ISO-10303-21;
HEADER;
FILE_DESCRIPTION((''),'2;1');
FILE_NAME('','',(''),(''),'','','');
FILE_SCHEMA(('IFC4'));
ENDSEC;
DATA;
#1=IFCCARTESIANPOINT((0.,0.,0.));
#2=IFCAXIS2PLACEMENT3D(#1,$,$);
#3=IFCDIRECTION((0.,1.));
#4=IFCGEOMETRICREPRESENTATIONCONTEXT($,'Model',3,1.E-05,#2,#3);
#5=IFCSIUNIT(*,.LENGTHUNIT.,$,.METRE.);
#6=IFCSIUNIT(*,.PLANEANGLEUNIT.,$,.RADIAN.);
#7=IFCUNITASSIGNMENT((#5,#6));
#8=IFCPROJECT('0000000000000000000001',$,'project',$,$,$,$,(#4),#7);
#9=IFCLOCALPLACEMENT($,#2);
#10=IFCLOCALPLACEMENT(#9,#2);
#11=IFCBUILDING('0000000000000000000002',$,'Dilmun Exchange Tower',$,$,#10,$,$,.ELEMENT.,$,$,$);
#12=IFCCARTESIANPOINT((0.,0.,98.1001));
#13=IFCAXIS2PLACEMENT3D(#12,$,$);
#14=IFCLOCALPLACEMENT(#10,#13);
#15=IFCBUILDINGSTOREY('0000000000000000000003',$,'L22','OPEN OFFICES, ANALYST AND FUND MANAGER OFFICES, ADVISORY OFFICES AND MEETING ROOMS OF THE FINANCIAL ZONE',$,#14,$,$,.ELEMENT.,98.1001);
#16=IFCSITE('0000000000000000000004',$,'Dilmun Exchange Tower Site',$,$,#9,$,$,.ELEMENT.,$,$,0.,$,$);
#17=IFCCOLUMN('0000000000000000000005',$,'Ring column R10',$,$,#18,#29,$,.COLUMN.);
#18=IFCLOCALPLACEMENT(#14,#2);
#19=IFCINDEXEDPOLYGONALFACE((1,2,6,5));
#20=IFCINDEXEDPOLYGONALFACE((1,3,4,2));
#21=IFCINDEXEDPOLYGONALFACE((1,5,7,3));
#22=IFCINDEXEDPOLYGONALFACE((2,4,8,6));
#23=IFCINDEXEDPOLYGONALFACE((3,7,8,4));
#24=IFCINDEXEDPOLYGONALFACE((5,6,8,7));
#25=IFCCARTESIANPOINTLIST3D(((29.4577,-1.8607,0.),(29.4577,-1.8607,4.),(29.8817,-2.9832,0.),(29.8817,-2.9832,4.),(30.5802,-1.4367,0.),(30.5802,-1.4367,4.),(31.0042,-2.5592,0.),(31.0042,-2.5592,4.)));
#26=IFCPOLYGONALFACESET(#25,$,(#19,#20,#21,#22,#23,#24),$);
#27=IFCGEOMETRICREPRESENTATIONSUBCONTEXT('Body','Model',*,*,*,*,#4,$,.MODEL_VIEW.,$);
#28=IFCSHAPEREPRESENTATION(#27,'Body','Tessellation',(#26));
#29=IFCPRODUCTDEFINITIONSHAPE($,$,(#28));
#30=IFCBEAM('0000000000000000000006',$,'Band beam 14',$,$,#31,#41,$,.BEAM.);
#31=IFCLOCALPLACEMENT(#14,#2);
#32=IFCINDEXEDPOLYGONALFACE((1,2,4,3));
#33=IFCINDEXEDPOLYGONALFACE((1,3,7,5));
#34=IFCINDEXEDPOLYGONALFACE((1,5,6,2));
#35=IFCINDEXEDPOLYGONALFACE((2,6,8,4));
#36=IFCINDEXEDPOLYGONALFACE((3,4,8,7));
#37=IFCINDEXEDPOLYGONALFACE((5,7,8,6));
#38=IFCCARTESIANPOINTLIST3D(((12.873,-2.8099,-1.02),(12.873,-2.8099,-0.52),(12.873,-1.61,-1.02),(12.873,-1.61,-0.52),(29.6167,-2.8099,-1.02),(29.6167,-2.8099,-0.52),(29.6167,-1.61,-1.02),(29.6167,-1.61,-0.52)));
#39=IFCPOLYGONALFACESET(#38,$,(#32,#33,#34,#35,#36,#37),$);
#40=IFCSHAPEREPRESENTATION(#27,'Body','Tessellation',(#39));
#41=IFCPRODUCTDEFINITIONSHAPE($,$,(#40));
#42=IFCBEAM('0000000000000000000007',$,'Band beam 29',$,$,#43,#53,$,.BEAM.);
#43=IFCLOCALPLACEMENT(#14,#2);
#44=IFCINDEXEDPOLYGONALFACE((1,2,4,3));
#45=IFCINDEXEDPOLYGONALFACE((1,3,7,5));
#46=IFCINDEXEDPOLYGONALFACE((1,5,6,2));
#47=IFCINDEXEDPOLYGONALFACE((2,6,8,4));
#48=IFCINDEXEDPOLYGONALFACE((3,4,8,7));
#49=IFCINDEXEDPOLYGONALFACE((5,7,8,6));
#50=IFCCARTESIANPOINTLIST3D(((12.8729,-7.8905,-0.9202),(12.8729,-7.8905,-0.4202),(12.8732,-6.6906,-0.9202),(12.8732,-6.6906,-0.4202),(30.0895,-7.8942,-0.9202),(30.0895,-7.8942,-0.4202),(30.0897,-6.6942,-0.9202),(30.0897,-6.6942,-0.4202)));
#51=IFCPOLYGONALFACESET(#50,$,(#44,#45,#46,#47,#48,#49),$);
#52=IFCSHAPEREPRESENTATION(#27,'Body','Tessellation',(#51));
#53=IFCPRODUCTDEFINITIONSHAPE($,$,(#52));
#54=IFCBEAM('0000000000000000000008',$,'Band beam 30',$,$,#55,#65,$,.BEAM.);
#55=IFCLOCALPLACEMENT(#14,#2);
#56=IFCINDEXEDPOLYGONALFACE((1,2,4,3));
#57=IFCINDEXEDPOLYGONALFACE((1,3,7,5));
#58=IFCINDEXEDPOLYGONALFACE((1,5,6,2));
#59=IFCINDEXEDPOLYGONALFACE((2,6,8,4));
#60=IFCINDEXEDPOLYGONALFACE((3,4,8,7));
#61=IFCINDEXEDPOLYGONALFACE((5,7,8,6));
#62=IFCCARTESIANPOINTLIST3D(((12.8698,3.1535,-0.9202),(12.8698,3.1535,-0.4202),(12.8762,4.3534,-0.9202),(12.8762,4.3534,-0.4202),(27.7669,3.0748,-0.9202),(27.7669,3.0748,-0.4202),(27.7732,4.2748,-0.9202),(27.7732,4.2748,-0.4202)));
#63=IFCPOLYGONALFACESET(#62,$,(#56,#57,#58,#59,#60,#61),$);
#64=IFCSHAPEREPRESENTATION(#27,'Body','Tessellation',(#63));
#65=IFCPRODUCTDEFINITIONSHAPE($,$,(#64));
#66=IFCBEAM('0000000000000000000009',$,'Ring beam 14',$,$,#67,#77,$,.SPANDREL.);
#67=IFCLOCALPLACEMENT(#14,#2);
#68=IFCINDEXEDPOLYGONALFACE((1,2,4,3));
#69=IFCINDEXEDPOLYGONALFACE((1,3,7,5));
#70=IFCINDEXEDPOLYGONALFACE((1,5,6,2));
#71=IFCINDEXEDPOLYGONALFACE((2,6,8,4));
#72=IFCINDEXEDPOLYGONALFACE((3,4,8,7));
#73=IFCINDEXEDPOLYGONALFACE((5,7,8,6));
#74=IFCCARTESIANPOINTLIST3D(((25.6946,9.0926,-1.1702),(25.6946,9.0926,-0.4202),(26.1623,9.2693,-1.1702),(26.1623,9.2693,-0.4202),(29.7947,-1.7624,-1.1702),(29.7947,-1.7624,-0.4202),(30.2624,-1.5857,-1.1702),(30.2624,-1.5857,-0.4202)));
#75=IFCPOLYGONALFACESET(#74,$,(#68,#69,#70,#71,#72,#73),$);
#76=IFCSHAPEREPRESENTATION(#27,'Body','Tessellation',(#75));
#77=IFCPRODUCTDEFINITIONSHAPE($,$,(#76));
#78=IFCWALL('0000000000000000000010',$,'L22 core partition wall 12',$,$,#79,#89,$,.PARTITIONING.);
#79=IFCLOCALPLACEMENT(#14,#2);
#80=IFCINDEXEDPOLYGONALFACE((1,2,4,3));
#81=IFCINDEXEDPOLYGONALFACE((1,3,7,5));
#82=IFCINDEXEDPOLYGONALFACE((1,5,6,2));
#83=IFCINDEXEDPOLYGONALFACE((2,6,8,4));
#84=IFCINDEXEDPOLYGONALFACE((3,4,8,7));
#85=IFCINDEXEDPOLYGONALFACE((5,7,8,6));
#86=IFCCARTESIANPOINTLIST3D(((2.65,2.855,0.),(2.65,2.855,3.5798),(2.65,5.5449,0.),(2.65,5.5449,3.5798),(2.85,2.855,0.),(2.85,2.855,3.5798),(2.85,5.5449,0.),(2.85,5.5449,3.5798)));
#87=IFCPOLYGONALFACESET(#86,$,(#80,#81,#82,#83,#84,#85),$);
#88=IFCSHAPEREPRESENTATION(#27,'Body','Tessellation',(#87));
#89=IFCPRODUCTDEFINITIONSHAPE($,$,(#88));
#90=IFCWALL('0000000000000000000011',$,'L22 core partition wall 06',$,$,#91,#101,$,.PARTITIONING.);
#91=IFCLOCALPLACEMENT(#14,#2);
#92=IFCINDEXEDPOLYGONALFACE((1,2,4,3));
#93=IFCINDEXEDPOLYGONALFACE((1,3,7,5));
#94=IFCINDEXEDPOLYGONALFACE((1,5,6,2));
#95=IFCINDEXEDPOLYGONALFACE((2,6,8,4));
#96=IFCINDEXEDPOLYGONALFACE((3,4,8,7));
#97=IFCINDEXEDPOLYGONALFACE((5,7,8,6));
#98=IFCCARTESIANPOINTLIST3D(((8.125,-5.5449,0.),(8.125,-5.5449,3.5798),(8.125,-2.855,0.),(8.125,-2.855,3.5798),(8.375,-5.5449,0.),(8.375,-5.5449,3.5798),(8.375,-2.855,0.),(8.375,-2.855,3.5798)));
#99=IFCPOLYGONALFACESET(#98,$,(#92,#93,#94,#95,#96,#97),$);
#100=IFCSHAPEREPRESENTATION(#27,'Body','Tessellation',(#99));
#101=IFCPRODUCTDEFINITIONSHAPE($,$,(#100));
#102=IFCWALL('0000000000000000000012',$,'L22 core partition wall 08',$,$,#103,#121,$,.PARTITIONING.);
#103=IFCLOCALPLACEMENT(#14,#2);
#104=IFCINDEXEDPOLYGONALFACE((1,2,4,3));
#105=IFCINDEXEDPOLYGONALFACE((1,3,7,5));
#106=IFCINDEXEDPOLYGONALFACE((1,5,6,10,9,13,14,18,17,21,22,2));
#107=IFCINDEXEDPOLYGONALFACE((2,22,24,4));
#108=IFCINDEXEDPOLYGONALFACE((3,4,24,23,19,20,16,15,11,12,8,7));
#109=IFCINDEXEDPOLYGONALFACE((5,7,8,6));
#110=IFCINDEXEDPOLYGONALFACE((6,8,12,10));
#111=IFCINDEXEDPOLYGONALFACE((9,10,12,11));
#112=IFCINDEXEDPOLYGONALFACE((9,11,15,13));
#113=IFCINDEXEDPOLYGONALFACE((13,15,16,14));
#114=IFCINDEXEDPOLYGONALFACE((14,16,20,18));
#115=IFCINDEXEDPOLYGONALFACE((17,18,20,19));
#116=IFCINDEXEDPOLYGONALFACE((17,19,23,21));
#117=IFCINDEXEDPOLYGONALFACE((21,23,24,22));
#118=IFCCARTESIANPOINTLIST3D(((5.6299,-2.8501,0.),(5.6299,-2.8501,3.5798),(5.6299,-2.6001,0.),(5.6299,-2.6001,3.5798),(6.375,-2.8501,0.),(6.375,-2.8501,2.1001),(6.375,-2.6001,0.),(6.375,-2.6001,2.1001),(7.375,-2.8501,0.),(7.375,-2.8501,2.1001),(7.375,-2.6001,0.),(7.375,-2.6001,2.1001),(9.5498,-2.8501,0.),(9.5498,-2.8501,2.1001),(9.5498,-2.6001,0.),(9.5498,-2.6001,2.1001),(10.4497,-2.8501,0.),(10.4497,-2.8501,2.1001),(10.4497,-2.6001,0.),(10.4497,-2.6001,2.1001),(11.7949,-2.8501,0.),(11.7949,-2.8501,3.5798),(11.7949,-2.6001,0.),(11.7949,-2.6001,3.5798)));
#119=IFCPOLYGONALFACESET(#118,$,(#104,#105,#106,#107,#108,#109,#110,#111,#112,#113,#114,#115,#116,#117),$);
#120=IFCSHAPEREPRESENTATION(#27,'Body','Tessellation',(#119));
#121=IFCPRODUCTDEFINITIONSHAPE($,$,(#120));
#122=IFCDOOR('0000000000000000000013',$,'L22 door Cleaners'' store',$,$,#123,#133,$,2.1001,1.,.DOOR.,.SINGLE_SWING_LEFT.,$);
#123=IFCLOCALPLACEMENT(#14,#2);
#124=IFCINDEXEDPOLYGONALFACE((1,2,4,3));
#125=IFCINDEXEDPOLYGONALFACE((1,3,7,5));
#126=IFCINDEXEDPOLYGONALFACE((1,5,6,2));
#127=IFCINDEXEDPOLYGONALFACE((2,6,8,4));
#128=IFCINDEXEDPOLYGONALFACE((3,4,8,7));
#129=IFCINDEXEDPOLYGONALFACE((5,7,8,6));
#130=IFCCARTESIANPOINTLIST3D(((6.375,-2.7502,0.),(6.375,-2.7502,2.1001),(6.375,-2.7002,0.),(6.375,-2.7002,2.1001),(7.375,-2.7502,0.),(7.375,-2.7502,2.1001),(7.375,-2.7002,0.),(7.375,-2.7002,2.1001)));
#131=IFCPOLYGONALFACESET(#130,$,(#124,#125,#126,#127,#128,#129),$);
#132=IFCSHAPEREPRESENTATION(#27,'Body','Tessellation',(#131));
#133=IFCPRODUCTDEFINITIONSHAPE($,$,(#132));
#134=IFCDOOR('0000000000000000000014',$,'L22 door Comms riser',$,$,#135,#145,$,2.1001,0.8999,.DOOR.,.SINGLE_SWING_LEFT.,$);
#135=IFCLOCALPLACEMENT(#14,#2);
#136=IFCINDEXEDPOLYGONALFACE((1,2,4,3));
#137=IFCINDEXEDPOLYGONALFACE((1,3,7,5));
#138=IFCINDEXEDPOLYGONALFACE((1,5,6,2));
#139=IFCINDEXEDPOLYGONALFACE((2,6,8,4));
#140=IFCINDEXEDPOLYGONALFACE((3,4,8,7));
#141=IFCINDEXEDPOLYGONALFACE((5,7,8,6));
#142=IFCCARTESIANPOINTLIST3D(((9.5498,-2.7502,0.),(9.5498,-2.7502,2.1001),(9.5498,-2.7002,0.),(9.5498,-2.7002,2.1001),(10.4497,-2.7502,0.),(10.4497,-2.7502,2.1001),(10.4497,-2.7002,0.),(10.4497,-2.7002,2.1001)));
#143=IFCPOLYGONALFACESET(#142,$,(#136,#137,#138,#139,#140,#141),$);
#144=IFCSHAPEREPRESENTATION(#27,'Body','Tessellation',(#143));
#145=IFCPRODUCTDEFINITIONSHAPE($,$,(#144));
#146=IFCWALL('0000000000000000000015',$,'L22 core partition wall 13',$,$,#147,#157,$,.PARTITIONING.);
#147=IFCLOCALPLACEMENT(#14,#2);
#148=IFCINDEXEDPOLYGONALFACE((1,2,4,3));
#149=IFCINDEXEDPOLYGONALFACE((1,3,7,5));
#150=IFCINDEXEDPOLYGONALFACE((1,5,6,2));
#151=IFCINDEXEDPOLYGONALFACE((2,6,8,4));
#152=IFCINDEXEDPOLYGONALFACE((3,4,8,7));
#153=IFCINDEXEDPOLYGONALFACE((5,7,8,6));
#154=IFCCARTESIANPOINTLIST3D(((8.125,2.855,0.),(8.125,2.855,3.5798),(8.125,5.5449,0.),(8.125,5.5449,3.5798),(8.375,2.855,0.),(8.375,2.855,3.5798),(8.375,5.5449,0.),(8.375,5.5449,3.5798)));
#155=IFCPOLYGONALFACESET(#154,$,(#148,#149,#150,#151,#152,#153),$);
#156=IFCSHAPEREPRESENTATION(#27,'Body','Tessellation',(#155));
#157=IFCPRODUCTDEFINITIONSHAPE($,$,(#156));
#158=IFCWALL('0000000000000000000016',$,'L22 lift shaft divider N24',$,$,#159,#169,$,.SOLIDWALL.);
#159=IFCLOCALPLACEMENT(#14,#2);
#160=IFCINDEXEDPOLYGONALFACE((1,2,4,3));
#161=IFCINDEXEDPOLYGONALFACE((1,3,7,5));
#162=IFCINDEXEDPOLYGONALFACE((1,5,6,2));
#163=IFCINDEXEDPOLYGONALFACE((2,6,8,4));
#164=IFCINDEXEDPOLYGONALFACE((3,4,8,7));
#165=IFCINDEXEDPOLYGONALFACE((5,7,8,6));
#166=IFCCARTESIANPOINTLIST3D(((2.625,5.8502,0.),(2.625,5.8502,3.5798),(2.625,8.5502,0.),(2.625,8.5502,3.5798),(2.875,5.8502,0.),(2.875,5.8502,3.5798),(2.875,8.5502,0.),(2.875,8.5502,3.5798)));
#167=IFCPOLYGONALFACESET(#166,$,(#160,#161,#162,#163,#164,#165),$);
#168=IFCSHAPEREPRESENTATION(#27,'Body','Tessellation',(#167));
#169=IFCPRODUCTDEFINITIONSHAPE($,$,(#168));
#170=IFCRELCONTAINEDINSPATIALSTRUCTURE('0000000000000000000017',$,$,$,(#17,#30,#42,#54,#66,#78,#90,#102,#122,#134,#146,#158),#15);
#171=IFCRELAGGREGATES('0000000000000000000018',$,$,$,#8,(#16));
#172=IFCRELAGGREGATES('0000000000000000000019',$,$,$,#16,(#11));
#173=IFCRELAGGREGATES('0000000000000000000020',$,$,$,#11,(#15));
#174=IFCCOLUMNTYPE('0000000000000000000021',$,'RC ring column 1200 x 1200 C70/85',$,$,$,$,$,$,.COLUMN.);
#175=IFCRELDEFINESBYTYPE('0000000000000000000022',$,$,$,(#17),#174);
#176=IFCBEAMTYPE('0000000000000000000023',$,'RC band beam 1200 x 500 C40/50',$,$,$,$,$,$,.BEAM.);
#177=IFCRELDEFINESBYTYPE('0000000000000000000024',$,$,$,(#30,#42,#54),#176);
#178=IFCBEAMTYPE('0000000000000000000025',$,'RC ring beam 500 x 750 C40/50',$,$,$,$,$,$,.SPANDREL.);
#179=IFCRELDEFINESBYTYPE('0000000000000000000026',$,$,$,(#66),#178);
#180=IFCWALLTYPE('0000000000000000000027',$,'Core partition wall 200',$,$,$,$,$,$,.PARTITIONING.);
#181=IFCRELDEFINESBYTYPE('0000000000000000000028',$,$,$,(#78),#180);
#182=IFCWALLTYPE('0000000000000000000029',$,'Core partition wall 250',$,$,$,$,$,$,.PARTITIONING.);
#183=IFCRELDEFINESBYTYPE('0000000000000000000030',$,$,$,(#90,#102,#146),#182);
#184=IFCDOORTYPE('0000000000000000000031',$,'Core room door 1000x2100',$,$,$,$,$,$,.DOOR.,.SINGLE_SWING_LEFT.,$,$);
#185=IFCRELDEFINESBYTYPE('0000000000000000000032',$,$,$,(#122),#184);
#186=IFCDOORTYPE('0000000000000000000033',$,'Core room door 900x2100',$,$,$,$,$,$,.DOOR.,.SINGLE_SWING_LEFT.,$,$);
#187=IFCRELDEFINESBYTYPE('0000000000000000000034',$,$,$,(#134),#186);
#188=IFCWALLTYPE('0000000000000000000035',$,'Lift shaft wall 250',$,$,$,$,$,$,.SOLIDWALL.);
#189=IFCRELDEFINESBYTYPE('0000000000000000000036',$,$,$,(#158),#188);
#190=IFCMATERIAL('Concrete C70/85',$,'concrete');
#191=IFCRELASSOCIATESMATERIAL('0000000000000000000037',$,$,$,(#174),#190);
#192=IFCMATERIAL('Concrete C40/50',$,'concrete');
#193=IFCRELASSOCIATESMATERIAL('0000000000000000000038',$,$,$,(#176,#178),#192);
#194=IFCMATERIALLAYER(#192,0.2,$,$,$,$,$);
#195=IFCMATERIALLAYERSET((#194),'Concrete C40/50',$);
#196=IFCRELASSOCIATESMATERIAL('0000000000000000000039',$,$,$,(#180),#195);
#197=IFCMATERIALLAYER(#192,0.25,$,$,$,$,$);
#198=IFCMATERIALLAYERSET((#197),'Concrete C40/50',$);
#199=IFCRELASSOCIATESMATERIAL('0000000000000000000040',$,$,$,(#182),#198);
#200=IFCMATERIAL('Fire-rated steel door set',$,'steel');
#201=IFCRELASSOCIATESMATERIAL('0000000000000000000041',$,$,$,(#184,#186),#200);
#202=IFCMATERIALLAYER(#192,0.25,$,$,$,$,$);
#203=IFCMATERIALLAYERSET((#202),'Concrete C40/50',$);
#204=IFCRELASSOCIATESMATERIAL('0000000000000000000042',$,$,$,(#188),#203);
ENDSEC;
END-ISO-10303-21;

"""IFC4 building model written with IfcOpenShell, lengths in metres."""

from ifc_helpers import new_model, si_unit, direction, frame, frame_2d, origin, origin_2d, place, context, subcontext, project, spatial, rectangle, extrude, material, layer, layer_set, material_profile, profile_set, type_object, element, fill, save


model = new_model("IFC4")

# Units and contexts
model_context = context("Model", 3, precision=1e-05, world=origin(), true_north=direction((0.0, 1.0)))
body_context = subcontext(model_context, "Body", "Model", "MODEL_VIEW")
ifc_project = project(units=[si_unit("LENGTHUNIT", "METRE"), si_unit("PLANEANGLEUNIT", "RADIAN")], contexts=[model_context])

# Site, building, storey
site_placement = place(None, origin())
site = spatial("IfcSite", under=ifc_project, at=site_placement, Name="Dilmun Exchange Tower Site", CompositionType="ELEMENT", RefElevation=0.0)
building_placement = place(site_placement, origin())
building = spatial("IfcBuilding", under=site, at=building_placement, Name="Dilmun Exchange Tower", CompositionType="ELEMENT")
storey_placement = place(building_placement, frame((0.0, 0.0, 98.1001)))
storey = spatial("IfcBuildingStorey", under=building, at=storey_placement, Name="L22", Description="OPEN OFFICES, ANALYST AND FUND MANAGER OFFICES, ADVISORY OFFICES AND MEETING ROOMS OF THE FINANCIAL ZONE", CompositionType="ELEMENT", Elevation=98.1001)

# Column
ifc_material_1 = material(Name="Concrete C70/85", Category="concrete")
ifc_material_profile_1 = material_profile(ifc_material_1, rectangle(XDim=1.2, YDim=1.2, at=origin_2d()), Name="1200 x 1200")
ifc_profile_set_1 = profile_set([ifc_material_profile_1], Name="Concrete C70/85")
column_type = type_object("IfcColumnType", Name="RC ring column 1200 x 1200 C70/85", PredefinedType="COLUMN", material=ifc_profile_set_1)
column_placement = place(storey_placement, frame((30.231, -2.21, 0.0), z_axis=(0.0, 0.0, 1.0), x_axis=(0.935492, 0.353349, 0.0)))
element("IfcColumn", 1, at=column_placement, inside=storey, type_object=column_type, Name="Ring column R10", PredefinedType="COLUMN", context=body_context, shape_type="SweptSolid", body=[
    extrude(rectangle(XDim=1.2, YDim=1.2, at=origin_2d()), origin(), (0.0, 0.0, 1.0), 4.0),
])

# Beams
ifc_material_2 = material(Name="Concrete C40/50", Category="concrete")
ifc_material_profile_2 = material_profile(ifc_material_2, rectangle(XDim=1.2, YDim=0.5, at=origin_2d()), Name="1200 x 500")
ifc_profile_set_2 = profile_set([ifc_material_profile_2], Name="Concrete C40/50")
beam_type_1 = type_object("IfcBeamType", Name="RC band beam 1200 x 500 C40/50", PredefinedType="BEAM", material=ifc_profile_set_2)
beam_1_placement = place(storey_placement, frame((29.6167, -2.21, -0.77), z_axis=(-1.0, 0.0, 0.0), x_axis=(0.0, -1.0, 0.0)))
element("IfcBeam", 2, at=beam_1_placement, inside=storey, type_object=beam_type_1, Name="Band beam 14", PredefinedType="BEAM", context=body_context, shape_type="SweptSolid", body=[
    extrude(rectangle(XDim=1.2, YDim=0.5, at=origin_2d()), origin(), (0.0, 0.0, 1.0), 16.7437),
])
beam_2_placement = place(storey_placement, frame((30.0896, -7.2942, -0.6702), z_axis=(-1.0, 0.000213, 0.0), x_axis=(-0.000213, -1.0, 0.0)))
element("IfcBeam", 3, at=beam_2_placement, inside=storey, type_object=beam_type_1, Name="Band beam 29", PredefinedType="BEAM", context=body_context, shape_type="SweptSolid", body=[
    extrude(rectangle(XDim=1.2, YDim=0.5, at=origin_2d()), origin(), (0.0, 0.0, 1.0), 17.2166),
])
beam_3_placement = place(storey_placement, frame((27.77, 3.6748, -0.6702), z_axis=(-0.999986, 0.005277, 0.0), x_axis=(-0.005277, -0.999986, 0.0)))
element("IfcBeam", 4, at=beam_3_placement, inside=storey, type_object=beam_type_1, Name="Band beam 30", PredefinedType="BEAM", context=body_context, shape_type="SweptSolid", body=[
    extrude(rectangle(XDim=1.2, YDim=0.5, at=origin_2d()), origin(), (0.0, 0.0, 1.0), 14.8972),
])
ifc_material_profile_3 = material_profile(ifc_material_2, rectangle(XDim=0.5, YDim=0.75, at=origin_2d()), Name="500 x 750")
ifc_profile_set_3 = profile_set([ifc_material_profile_3], Name="Concrete C40/50")
beam_type_2 = type_object("IfcBeamType", Name="RC ring beam 500 x 750 C40/50", PredefinedType="SPANDREL", material=ifc_profile_set_3)
beam_4_placement = place(storey_placement, frame((30.0286, -1.6741, -0.7952), z_axis=(-0.35335, 0.935491, 0.0), x_axis=(-0.935491, -0.35335, 0.0)))
element("IfcBeam", 5, at=beam_4_placement, inside=storey, type_object=beam_type_2, Name="Ring beam 14", PredefinedType="SPANDREL", context=body_context, shape_type="SweptSolid", body=[
    extrude(rectangle(XDim=0.5, YDim=0.75, at=origin_2d()), origin(), (0.0, 0.0, 1.0), 11.6035),
])

# Shared definitions
ifc_layer_1 = layer(ifc_material_2, 0.2)
ifc_layer_set_1 = layer_set([ifc_layer_1], Name="Concrete C40/50")
wall_type_1 = type_object("IfcWallType", Name="Core partition wall 200", PredefinedType="PARTITIONING", material=ifc_layer_set_1)
ifc_material_3 = material(Name="Fire-rated steel door set", Category="steel")

# Walls
wall_1_placement = place(storey_placement, frame((2.75, 2.855, 0.0), z_axis=(0.0, 0.0, 1.0), x_axis=(0.0, 1.0, 0.0)))
element("IfcWall", 6, at=wall_1_placement, inside=storey, type_object=wall_type_1, Name="L22 core partition wall 12", PredefinedType="PARTITIONING", context=body_context, shape_type="SweptSolid", body=[
    extrude(rectangle(XDim=2.6899, YDim=0.2, at=frame_2d((1.345, 0.0))), origin(), (0.0, 0.0, 1.0), 3.5798),
])
ifc_layer_2 = layer(ifc_material_2, 0.25)
ifc_layer_set_2 = layer_set([ifc_layer_2], Name="Concrete C40/50")
wall_type_2 = type_object("IfcWallType", Name="Core partition wall 250", PredefinedType="PARTITIONING", material=ifc_layer_set_2)
wall_2_placement = place(storey_placement, frame((8.25, -5.5449, 0.0), z_axis=(0.0, 0.0, 1.0), x_axis=(0.0, 1.0, 0.0)))
element("IfcWall", 7, at=wall_2_placement, inside=storey, type_object=wall_type_2, Name="L22 core partition wall 06", PredefinedType="PARTITIONING", context=body_context, shape_type="SweptSolid", body=[
    extrude(rectangle(XDim=2.6899, YDim=0.25, at=frame_2d((1.345, 0.0))), origin(), (0.0, 0.0, 1.0), 3.5798),
])

# Wall, openings, doors
wall_3_placement = place(storey_placement, frame((5.6299, -2.7251, 0.0), z_axis=(0.0, 0.0, 1.0), x_axis=(1.0, 0.0, 0.0)))
wall_3 = element("IfcWall", 8, at=wall_3_placement, inside=storey, type_object=wall_type_2, Name="L22 core partition wall 08", PredefinedType="PARTITIONING", context=body_context, shape_type="SweptSolid", body=[
    extrude(rectangle(XDim=6.165, YDim=0.25, at=frame_2d((3.0825, 0.0))), origin(), (0.0, 0.0, 1.0), 3.5798),
])
opening_1_placement = place(wall_3_placement, frame((0.7451, 0.0, 0.0)))
opening_1 = element("IfcOpeningElement", 9, at=opening_1_placement, cuts=wall_3, PredefinedType="OPENING", context=body_context, shape_type="SweptSolid", body=[
    extrude(rectangle(XDim=1.0, YDim=2.1001, at=frame_2d((0.5, 1.05))), frame((0.0, 0.135, 0.0), z_axis=(0.0, -1.0, 0.0), x_axis=(1.0, 0.0, 0.0)), (0.0, 0.0, 1.0), 0.27),
])
opening_2_placement = place(wall_3_placement, frame((3.9199, 0.0, 0.0)))
opening_2 = element("IfcOpeningElement", 10, at=opening_2_placement, cuts=wall_3, PredefinedType="OPENING", context=body_context, shape_type="SweptSolid", body=[
    extrude(rectangle(XDim=0.8999, YDim=2.1001, at=frame_2d((0.45, 1.05))), frame((0.0, 0.135, 0.0), z_axis=(0.0, -1.0, 0.0), x_axis=(1.0, 0.0, 0.0)), (0.0, 0.0, 1.0), 0.27),
])
door_type_1 = type_object("IfcDoorType", Name="Core room door 1000x2100", OperationType="SINGLE_SWING_LEFT", PredefinedType="DOOR", material=ifc_material_3)
door_1_placement = place(opening_1_placement, origin())
door_1 = element("IfcDoor", 11, at=door_1_placement, inside=storey, type_object=door_type_1, Name="L22 door Cleaners' store", OperationType="SINGLE_SWING_LEFT", OverallHeight=2.1001, OverallWidth=1.0, PredefinedType="DOOR", context=body_context, shape_type="SweptSolid", body=[
    extrude(rectangle(XDim=1.0, YDim=2.1001, at=frame_2d((0.5, 1.05))), frame((0.0, 0.0249, 0.0), z_axis=(0.0, -1.0, 0.0), x_axis=(1.0, 0.0, 0.0)), (0.0, 0.0, 1.0), 0.05),
])
fill(opening_1, door_1)
door_type_2 = type_object("IfcDoorType", Name="Core room door 900x2100", OperationType="SINGLE_SWING_LEFT", PredefinedType="DOOR", material=ifc_material_3)
door_2_placement = place(opening_2_placement, origin())
door_2 = element("IfcDoor", 12, at=door_2_placement, inside=storey, type_object=door_type_2, Name="L22 door Comms riser", OperationType="SINGLE_SWING_LEFT", OverallHeight=2.1001, OverallWidth=0.8999, PredefinedType="DOOR", context=body_context, shape_type="SweptSolid", body=[
    extrude(rectangle(XDim=0.8999, YDim=2.1001, at=frame_2d((0.45, 1.05))), frame((0.0, 0.0249, 0.0), z_axis=(0.0, -1.0, 0.0), x_axis=(1.0, 0.0, 0.0)), (0.0, 0.0, 1.0), 0.05),
])
fill(opening_2, door_2)

# Walls
wall_4_placement = place(storey_placement, frame((8.25, 2.855, 0.0), z_axis=(0.0, 0.0, 1.0), x_axis=(0.0, 1.0, 0.0)))
element("IfcWall", 13, at=wall_4_placement, inside=storey, type_object=wall_type_2, Name="L22 core partition wall 13", PredefinedType="PARTITIONING", context=body_context, shape_type="SweptSolid", body=[
    extrude(rectangle(XDim=2.6899, YDim=0.25, at=frame_2d((1.345, 0.0))), origin(), (0.0, 0.0, 1.0), 3.5798),
])
ifc_layer_3 = layer(ifc_material_2, 0.25)
ifc_layer_set_3 = layer_set([ifc_layer_3], Name="Concrete C40/50")
wall_type_3 = type_object("IfcWallType", Name="Lift shaft wall 250", PredefinedType="SOLIDWALL", material=ifc_layer_set_3)
for number, where, z_axis, x_axis, name in (
    (14, (2.75, 5.8501, 0.0), (0.0, 0.0, 1.0), (0.0, 1.0, 0.0), "L22 lift shaft divider N24"),
):
    element("IfcWall", number, at=place(storey_placement, frame(where, z_axis=z_axis, x_axis=x_axis)), inside=storey, type_object=wall_type_3, Name=name, PredefinedType="SOLIDWALL", context=body_context, shape_type="SweptSolid", body=[
        extrude(rectangle(XDim=2.7, YDim=0.25, at=frame_2d((1.3501, 0.0))), origin(), (0.0, 0.0, 1.0), 3.5798),
    ])

save(model, "model.ifc")
